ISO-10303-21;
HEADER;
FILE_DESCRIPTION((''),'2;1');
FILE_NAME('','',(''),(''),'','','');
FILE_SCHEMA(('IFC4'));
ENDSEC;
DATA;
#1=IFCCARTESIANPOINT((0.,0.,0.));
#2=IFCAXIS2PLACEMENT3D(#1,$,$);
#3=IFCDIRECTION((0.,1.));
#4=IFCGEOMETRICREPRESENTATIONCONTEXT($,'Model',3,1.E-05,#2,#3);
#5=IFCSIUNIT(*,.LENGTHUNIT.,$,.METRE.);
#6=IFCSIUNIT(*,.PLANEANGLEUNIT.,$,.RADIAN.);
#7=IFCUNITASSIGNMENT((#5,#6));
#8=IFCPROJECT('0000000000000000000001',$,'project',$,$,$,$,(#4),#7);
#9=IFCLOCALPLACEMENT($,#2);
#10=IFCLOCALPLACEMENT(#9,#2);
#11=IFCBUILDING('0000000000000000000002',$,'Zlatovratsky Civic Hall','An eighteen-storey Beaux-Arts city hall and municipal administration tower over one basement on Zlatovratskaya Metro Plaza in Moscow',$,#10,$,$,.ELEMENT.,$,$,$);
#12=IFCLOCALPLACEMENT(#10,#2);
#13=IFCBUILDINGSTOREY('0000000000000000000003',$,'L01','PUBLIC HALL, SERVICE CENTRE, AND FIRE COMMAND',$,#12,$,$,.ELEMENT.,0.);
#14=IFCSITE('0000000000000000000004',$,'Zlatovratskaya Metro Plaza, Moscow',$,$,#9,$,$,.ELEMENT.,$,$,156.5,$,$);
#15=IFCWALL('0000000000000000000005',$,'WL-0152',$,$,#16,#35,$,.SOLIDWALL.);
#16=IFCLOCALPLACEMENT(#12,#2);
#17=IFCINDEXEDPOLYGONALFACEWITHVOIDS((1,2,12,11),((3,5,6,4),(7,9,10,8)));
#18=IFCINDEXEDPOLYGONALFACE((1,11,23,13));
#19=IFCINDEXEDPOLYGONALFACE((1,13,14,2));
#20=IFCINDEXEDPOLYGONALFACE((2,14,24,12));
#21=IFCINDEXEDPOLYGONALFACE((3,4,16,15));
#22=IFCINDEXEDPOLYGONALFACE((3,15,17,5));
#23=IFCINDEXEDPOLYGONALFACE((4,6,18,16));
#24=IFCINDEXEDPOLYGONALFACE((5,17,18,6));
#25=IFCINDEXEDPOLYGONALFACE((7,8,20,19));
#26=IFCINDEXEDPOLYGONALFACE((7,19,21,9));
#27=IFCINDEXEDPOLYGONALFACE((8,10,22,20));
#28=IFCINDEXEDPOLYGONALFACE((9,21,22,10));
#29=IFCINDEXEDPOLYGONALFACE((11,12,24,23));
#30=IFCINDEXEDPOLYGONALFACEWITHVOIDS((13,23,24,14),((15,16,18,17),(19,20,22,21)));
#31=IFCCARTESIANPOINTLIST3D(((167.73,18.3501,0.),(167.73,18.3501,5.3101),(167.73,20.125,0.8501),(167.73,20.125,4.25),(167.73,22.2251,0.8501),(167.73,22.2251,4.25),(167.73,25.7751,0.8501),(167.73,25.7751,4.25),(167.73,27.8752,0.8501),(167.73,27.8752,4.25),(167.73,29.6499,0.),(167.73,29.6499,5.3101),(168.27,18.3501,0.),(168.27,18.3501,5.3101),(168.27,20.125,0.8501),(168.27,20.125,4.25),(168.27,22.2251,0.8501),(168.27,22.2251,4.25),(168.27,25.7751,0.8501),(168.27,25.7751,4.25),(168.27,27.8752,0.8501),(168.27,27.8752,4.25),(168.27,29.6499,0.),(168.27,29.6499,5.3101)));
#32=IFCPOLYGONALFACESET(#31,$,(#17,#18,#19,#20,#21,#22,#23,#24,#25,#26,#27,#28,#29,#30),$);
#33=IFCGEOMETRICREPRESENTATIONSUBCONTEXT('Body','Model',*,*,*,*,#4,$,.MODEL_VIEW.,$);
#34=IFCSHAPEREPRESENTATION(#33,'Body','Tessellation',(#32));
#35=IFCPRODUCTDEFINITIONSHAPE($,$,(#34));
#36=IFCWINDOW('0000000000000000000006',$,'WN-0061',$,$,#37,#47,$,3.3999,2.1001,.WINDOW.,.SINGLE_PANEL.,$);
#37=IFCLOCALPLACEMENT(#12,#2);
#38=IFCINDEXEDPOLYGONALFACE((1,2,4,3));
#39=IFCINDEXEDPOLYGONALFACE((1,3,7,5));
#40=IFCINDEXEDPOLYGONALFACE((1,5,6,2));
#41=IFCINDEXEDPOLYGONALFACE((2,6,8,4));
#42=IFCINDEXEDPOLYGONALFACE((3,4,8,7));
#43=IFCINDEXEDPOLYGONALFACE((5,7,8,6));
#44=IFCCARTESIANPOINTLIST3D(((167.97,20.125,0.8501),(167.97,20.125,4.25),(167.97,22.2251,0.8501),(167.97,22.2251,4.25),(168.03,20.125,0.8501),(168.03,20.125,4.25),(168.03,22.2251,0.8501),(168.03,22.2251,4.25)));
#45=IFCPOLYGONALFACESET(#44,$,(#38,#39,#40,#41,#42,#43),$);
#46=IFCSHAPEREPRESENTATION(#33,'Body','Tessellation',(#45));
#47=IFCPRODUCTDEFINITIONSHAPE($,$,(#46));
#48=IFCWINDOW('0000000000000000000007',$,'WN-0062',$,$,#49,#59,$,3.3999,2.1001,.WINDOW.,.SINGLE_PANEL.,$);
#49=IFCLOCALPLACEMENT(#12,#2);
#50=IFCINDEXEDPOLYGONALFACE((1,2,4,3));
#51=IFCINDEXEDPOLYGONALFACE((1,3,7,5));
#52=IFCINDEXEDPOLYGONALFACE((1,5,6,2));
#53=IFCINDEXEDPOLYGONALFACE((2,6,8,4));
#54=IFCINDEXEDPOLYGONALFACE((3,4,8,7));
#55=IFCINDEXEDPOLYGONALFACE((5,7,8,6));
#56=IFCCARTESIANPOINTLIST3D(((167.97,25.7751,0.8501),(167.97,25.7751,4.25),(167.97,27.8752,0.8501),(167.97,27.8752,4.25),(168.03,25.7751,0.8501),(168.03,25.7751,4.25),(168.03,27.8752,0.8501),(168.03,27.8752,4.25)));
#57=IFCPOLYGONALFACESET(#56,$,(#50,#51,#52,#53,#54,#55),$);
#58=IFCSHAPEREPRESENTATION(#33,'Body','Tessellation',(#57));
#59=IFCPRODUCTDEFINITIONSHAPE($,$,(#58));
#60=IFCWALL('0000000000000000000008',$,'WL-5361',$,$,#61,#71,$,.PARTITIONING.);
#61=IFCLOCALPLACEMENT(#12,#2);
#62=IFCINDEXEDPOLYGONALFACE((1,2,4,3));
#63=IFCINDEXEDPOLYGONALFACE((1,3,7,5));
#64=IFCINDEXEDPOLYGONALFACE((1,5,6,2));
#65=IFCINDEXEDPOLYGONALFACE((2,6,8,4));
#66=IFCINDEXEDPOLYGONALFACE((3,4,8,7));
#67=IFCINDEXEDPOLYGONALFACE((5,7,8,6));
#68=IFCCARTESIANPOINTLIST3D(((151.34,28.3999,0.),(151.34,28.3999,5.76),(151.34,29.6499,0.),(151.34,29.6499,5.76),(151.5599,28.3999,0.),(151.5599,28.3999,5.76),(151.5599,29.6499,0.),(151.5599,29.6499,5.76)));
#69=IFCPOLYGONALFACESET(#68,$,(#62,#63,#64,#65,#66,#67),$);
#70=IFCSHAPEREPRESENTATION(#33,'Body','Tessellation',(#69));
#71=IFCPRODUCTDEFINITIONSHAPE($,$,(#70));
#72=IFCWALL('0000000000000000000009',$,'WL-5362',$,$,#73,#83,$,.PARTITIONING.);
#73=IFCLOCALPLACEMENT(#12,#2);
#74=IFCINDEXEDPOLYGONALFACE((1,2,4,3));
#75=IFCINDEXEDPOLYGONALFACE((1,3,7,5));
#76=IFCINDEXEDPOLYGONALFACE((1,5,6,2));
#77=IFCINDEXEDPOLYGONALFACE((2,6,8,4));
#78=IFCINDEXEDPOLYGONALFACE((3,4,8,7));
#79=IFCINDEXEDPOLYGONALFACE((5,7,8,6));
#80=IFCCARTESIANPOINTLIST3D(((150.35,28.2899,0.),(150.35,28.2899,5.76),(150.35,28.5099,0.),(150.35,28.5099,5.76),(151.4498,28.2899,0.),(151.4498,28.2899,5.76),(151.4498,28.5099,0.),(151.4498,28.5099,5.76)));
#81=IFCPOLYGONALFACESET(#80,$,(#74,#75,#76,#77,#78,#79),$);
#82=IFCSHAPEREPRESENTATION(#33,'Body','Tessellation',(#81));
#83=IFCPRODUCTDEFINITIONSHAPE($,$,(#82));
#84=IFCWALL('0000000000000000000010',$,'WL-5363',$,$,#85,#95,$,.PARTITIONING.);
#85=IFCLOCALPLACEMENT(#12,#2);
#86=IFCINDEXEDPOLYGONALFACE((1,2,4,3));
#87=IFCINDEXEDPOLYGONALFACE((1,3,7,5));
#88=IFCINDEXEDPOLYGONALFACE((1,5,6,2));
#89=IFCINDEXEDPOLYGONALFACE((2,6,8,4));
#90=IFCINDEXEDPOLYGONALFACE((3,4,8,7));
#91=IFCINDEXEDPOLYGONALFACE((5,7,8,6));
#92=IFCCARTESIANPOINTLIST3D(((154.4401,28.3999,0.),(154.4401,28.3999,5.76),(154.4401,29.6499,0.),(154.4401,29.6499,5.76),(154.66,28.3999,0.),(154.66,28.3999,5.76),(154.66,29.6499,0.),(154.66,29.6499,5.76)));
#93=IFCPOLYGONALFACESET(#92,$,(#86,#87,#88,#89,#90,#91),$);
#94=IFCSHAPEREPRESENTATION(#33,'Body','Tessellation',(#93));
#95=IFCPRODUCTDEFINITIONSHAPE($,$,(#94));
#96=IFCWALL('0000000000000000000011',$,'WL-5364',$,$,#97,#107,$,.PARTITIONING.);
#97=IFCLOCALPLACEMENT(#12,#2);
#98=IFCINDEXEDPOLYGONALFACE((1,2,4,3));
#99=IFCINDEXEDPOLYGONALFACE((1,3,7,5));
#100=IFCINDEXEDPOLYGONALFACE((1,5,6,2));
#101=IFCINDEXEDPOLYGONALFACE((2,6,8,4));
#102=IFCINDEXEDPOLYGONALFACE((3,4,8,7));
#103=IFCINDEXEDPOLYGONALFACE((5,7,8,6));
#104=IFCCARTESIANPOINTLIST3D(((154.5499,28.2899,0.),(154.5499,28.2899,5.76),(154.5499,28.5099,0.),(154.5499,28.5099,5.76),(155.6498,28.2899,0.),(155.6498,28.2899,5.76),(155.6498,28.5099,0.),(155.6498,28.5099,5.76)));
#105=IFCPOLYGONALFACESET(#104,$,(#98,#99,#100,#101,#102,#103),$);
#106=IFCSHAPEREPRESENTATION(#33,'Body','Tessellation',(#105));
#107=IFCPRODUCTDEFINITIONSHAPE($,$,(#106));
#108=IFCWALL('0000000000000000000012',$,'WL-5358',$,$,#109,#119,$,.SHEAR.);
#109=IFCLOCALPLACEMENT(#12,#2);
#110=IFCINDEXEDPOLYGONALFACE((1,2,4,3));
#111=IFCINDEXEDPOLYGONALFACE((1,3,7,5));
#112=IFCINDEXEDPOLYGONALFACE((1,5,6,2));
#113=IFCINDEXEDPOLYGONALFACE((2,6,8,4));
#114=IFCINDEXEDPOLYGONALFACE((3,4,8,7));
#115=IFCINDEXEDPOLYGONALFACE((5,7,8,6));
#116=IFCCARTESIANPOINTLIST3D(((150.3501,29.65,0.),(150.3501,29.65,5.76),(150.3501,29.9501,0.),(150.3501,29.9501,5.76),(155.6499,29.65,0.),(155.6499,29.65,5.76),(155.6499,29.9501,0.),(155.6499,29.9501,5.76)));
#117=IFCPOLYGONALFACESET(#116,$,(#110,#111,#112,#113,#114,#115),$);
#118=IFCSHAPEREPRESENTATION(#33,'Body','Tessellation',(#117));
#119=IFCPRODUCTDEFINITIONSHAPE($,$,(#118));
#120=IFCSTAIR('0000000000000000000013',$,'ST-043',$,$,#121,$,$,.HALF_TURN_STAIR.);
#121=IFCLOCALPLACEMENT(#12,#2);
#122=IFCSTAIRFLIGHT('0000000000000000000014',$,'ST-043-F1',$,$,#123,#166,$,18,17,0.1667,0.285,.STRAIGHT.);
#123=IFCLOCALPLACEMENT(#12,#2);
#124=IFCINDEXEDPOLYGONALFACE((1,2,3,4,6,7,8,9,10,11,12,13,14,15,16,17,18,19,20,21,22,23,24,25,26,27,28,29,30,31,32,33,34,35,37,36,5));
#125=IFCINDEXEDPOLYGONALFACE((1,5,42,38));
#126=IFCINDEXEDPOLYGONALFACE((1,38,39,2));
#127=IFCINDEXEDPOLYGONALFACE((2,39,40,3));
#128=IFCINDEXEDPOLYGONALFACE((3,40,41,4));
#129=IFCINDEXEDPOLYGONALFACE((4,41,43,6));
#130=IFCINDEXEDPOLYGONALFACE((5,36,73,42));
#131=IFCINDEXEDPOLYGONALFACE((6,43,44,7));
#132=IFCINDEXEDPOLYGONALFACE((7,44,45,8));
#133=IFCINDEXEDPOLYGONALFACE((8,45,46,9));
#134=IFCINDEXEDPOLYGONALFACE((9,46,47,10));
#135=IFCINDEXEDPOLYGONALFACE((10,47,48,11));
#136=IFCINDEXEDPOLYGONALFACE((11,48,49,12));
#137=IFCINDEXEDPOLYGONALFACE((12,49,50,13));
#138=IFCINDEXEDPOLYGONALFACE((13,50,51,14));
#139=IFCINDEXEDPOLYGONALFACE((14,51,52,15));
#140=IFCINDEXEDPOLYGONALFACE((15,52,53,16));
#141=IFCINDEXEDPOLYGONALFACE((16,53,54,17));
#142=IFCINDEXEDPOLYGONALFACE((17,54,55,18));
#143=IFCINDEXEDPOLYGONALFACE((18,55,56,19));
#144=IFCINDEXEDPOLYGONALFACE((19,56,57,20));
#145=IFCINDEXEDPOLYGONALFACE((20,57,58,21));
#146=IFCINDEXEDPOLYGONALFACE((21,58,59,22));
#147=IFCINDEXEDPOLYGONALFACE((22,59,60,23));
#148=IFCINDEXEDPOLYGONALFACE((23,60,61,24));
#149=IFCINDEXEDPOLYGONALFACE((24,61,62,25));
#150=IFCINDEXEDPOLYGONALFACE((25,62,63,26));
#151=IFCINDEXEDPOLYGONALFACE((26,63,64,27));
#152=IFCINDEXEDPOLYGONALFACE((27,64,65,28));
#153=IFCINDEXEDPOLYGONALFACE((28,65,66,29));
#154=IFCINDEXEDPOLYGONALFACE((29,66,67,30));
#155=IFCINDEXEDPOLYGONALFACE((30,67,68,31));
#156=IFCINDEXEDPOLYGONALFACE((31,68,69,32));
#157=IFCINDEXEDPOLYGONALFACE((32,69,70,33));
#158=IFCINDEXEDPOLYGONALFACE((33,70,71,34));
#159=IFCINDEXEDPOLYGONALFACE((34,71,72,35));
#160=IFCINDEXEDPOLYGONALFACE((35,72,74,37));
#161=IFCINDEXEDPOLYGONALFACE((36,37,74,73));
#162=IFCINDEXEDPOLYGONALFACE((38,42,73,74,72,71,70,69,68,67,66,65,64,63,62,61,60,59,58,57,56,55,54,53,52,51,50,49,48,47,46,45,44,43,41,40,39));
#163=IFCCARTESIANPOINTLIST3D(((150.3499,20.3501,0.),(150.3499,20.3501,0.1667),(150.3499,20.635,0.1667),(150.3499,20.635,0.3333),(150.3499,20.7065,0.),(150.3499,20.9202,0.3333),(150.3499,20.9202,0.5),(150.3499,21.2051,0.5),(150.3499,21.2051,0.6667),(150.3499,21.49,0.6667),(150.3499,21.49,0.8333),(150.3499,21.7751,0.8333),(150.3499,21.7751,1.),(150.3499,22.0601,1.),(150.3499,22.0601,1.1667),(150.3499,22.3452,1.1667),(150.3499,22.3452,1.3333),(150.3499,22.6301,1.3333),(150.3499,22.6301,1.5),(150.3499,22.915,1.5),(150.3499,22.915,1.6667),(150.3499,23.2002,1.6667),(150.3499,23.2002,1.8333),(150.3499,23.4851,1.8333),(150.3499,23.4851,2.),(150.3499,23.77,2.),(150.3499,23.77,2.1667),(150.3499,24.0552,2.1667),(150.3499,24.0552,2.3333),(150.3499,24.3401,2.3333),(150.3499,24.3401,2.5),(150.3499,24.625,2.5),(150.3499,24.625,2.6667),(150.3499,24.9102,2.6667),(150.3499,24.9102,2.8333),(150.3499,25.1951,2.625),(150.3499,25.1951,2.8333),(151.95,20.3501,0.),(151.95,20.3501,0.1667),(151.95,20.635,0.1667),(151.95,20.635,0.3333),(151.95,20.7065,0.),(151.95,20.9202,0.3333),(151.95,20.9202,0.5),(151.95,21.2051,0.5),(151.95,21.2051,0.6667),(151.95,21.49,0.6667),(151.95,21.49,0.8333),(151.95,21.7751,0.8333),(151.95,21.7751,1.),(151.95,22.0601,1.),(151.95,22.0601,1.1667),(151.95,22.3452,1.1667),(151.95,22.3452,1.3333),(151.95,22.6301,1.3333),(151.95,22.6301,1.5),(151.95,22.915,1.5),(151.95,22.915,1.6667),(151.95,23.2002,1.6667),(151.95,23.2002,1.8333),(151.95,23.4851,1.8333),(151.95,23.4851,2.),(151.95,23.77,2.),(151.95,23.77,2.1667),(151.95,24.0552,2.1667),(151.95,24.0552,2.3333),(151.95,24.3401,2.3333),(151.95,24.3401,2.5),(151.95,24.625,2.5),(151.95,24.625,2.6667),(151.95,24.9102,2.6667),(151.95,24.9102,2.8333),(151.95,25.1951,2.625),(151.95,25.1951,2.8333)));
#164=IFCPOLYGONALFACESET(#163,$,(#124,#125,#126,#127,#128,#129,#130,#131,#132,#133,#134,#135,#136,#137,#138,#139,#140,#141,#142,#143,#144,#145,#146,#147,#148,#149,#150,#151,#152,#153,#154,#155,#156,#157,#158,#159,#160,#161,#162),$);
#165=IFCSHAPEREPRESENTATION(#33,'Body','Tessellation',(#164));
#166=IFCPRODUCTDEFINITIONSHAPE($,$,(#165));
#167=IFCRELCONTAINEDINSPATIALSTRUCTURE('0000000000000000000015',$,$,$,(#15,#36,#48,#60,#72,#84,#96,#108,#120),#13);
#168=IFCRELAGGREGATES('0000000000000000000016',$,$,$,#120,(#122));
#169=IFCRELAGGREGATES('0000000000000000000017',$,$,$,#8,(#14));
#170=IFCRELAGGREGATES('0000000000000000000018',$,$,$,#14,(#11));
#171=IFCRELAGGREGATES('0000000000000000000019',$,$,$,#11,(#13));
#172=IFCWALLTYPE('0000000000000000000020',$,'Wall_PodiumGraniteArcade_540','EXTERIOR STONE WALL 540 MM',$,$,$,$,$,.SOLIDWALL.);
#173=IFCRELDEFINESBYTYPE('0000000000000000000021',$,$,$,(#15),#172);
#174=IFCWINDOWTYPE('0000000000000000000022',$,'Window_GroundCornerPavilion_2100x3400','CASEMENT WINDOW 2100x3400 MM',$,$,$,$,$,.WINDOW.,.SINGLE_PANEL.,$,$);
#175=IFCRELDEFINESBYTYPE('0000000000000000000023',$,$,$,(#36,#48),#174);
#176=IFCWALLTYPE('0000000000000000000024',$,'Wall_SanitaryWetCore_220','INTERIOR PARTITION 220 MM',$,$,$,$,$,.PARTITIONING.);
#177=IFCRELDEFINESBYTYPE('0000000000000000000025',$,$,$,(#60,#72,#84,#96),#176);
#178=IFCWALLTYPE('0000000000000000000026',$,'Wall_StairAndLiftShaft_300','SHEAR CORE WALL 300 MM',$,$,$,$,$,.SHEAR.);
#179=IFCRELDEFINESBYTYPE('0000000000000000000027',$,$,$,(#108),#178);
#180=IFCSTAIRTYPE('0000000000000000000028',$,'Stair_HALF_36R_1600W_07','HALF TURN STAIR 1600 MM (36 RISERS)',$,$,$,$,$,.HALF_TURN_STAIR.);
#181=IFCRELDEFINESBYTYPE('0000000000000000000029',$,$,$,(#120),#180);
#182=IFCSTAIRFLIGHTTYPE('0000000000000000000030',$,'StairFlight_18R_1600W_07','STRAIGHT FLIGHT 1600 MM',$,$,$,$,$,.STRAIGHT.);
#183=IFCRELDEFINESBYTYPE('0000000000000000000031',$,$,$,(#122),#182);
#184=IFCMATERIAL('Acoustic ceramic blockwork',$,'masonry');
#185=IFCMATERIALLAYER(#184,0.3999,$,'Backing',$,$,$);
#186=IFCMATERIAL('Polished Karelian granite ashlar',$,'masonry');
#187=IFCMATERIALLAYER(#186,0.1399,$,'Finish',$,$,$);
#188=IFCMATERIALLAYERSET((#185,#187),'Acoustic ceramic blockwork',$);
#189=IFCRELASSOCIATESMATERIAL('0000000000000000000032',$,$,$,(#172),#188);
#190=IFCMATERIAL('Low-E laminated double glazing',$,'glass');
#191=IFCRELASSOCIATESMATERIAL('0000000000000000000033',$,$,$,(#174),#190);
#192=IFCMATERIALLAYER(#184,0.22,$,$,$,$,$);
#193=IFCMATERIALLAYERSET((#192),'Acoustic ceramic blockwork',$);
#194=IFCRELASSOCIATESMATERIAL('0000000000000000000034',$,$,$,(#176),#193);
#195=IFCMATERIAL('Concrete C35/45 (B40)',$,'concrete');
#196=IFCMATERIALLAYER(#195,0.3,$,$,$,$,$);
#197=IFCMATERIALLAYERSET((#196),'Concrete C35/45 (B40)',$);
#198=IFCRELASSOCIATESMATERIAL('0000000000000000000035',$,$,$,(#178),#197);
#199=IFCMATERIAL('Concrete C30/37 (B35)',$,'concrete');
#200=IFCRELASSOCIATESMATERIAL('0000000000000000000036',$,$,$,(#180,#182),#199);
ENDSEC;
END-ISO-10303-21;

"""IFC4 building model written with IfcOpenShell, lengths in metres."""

from ifc_helpers import new_model, si_unit, direction, frame, frame_2d, origin, place, context, subcontext, project, spatial, polyline, rectangle, outline, extrude, material, layer, layer_set, type_object, element, fill, aggregate, save


model = new_model("IFC4")

# Units and contexts
model_context = context("Model", 3, precision=1e-05, world=origin(), true_north=direction((0.0, 1.0)))
body_context = subcontext(model_context, "Body", "Model", "MODEL_VIEW")
ifc_project = project(units=[si_unit("LENGTHUNIT", "METRE"), si_unit("PLANEANGLEUNIT", "RADIAN")], contexts=[model_context])

# Site, building, storey
site_placement = place(None, origin())
site = spatial("IfcSite", under=ifc_project, at=site_placement, Name="Zlatovratskaya Metro Plaza, Moscow", CompositionType="ELEMENT", RefElevation=156.5)
building_placement = place(site_placement, origin())
building = spatial("IfcBuilding", under=site, at=building_placement, Name="Zlatovratsky Civic Hall", Description="An eighteen-storey Beaux-Arts city hall and municipal administration tower over one basement on Zlatovratskaya Metro Plaza in Moscow", CompositionType="ELEMENT")
storey_placement = place(building_placement, origin())
storey = spatial("IfcBuildingStorey", under=building, at=storey_placement, Name="L01", Description="PUBLIC HALL, SERVICE CENTRE, AND FIRE COMMAND", CompositionType="ELEMENT", Elevation=0.0)

# Shared definitions
ifc_material_1 = material(Name="Concrete C35/45 (B40)", Category="concrete")

# Shared definitions
ifc_material_2 = material(Name="Acoustic ceramic blockwork", Category="masonry")

# Wall, openings, windows
ifc_layer_1 = layer(ifc_material_2, 0.3999, Name="Backing")
ifc_material_3 = material(Name="Polished Karelian granite ashlar", Category="masonry")
ifc_layer_2 = layer(ifc_material_3, 0.1399, Name="Finish")
ifc_layer_set_1 = layer_set([ifc_layer_1, ifc_layer_2], Name="Acoustic ceramic blockwork")
wall_type_1 = type_object("IfcWallType", Name="Wall_PodiumGraniteArcade_540", Description="EXTERIOR STONE WALL 540 MM", PredefinedType="SOLIDWALL", material=ifc_layer_set_1)
wall_1_placement = place(storey_placement, frame((168.0, 18.3501, 0.0), z_axis=(0.0, 0.0, 1.0), x_axis=(0.0, 1.0, 0.0)))
wall_1 = element("IfcWall", 1, at=wall_1_placement, inside=storey, type_object=wall_type_1, Name="WL-0152", PredefinedType="SOLIDWALL", context=body_context, shape_type="SweptSolid", body=[
    extrude(rectangle(XDim=11.2998, YDim=0.54, at=frame_2d((5.6499, 0.0))), origin(), (0.0, 0.0, 1.0), 5.3101),
])
opening_1_placement = place(wall_1_placement, frame((1.7749, 0.0, 0.8501)))
opening_1 = element("IfcOpeningElement", 2, at=opening_1_placement, cuts=wall_1, PredefinedType="OPENING", context=body_context, shape_type="SweptSolid", body=[
    extrude(rectangle(XDim=2.1001, YDim=3.3999, at=frame_2d((1.05, 1.7))), frame((0.0, 0.2849, 0.0), z_axis=(0.0, -1.0, 0.0), x_axis=(1.0, 0.0, 0.0)), (0.0, 0.0, 1.0), 0.5698),
])
opening_2_placement = place(wall_1_placement, frame((7.425, 0.0, 0.8501)))
opening_2 = element("IfcOpeningElement", 3, at=opening_2_placement, cuts=wall_1, PredefinedType="OPENING", context=body_context, shape_type="SweptSolid", body=[
    extrude(rectangle(XDim=2.1001, YDim=3.3999, at=frame_2d((1.05, 1.7))), frame((0.0, 0.2849, 0.0), z_axis=(0.0, -1.0, 0.0), x_axis=(1.0, 0.0, 0.0)), (0.0, 0.0, 1.0), 0.5698),
])
ifc_material_4 = material(Name="Low-E laminated double glazing", Category="glass")
window_type = type_object("IfcWindowType", Name="Window_GroundCornerPavilion_2100x3400", Description="CASEMENT WINDOW 2100x3400 MM", PartitioningType="SINGLE_PANEL", PredefinedType="WINDOW", material=ifc_material_4)
window_1_placement = place(opening_1_placement, origin())
window_1 = element("IfcWindow", 4, at=window_1_placement, inside=storey, type_object=window_type, Name="WN-0061", OverallHeight=3.3999, OverallWidth=2.1001, PartitioningType="SINGLE_PANEL", PredefinedType="WINDOW", context=body_context, shape_type="SweptSolid", body=[
    extrude(rectangle(XDim=2.1001, YDim=3.3999, at=frame_2d((1.05, 1.7))), frame((0.0, 0.03, 0.0), z_axis=(0.0, -1.0, 0.0), x_axis=(1.0, 0.0, 0.0)), (0.0, 0.0, 1.0), 0.0601),
])
fill(opening_1, window_1)
window_2_placement = place(opening_2_placement, origin())
window_2 = element("IfcWindow", 5, at=window_2_placement, inside=storey, type_object=window_type, Name="WN-0062", OverallHeight=3.3999, OverallWidth=2.1001, PartitioningType="SINGLE_PANEL", PredefinedType="WINDOW", context=body_context, shape_type="SweptSolid", body=[
    extrude(rectangle(XDim=2.1001, YDim=3.3999, at=frame_2d((1.05, 1.7))), frame((0.0, 0.03, 0.0), z_axis=(0.0, -1.0, 0.0), x_axis=(1.0, 0.0, 0.0)), (0.0, 0.0, 1.0), 0.0601),
])
fill(opening_2, window_2)

# Walls
ifc_layer_3 = layer(ifc_material_2, 0.22)
ifc_layer_set_2 = layer_set([ifc_layer_3], Name="Acoustic ceramic blockwork")
wall_type_2 = type_object("IfcWallType", Name="Wall_SanitaryWetCore_220", Description="INTERIOR PARTITION 220 MM", PredefinedType="PARTITIONING", material=ifc_layer_set_2)
wall_2_placement = place(storey_placement, frame((151.45, 28.3999, 0.0), z_axis=(0.0, 0.0, 1.0), x_axis=(0.0, 1.0, 0.0)))
element("IfcWall", 6, at=wall_2_placement, inside=storey, type_object=wall_type_2, Name="WL-5361", PredefinedType="PARTITIONING", context=body_context, shape_type="SweptSolid", body=[
    extrude(rectangle(XDim=1.25, YDim=0.22, at=frame_2d((0.625, 0.0))), origin(), (0.0, 0.0, 1.0), 5.76),
])
wall_3_placement = place(storey_placement, frame((150.3501, 28.3999, 0.0), z_axis=(0.0, 0.0, 1.0), x_axis=(1.0, 0.0, 0.0)))
element("IfcWall", 7, at=wall_3_placement, inside=storey, type_object=wall_type_2, Name="WL-5362", PredefinedType="PARTITIONING", context=body_context, shape_type="SweptSolid", body=[
    extrude(rectangle(XDim=1.0999, YDim=0.22, at=frame_2d((0.5498, 0.0))), origin(), (0.0, 0.0, 1.0), 5.76),
])
wall_4_placement = place(storey_placement, frame((154.55, 28.3999, 0.0), z_axis=(0.0, 0.0, 1.0), x_axis=(0.0, 1.0, 0.0)))
element("IfcWall", 8, at=wall_4_placement, inside=storey, type_object=wall_type_2, Name="WL-5363", PredefinedType="PARTITIONING", context=body_context, shape_type="SweptSolid", body=[
    extrude(rectangle(XDim=1.25, YDim=0.22, at=frame_2d((0.625, 0.0))), origin(), (0.0, 0.0, 1.0), 5.76),
])
wall_5_placement = place(storey_placement, frame((154.55, 28.3999, 0.0), z_axis=(0.0, 0.0, 1.0), x_axis=(1.0, 0.0, 0.0)))
element("IfcWall", 9, at=wall_5_placement, inside=storey, type_object=wall_type_2, Name="WL-5364", PredefinedType="PARTITIONING", context=body_context, shape_type="SweptSolid", body=[
    extrude(rectangle(XDim=1.0999, YDim=0.22, at=frame_2d((0.5498, 0.0))), origin(), (0.0, 0.0, 1.0), 5.76),
])
ifc_layer_4 = layer(ifc_material_1, 0.3)
ifc_layer_set_3 = layer_set([ifc_layer_4], Name="Concrete C35/45 (B40)")
wall_type_3 = type_object("IfcWallType", Name="Wall_StairAndLiftShaft_300", Description="SHEAR CORE WALL 300 MM", PredefinedType="SHEAR", material=ifc_layer_set_3)
wall_6_placement = place(storey_placement, frame((150.3501, 29.8, 0.0), z_axis=(0.0, 0.0, 1.0), x_axis=(1.0, 0.0, 0.0)))
element("IfcWall", 10, at=wall_6_placement, inside=storey, type_object=wall_type_3, Name="WL-5358", PredefinedType="SHEAR", context=body_context, shape_type="SweptSolid", body=[
    extrude(rectangle(XDim=5.2998, YDim=0.3, at=frame_2d((2.6499, 0.0))), origin(), (0.0, 0.0, 1.0), 5.76),
])

# Stair, stair flight
ifc_material_5 = material(Name="Concrete C30/37 (B35)", Category="concrete")
stair_type = type_object("IfcStairType", Name="Stair_HALF_36R_1600W_07", Description="HALF TURN STAIR 1600 MM (36 RISERS)", PredefinedType="HALF_TURN_STAIR", material=ifc_material_5)
stair_placement = place(storey_placement, origin())
stair = element("IfcStair", 11, at=stair_placement, inside=storey, type_object=stair_type, Name="ST-043", PredefinedType="HALF_TURN_STAIR")
stair_flight_type = type_object("IfcStairFlightType", Name="StairFlight_18R_1600W_07", Description="STRAIGHT FLIGHT 1600 MM", PredefinedType="STRAIGHT", material=ifc_material_5)
stair_flight_1_placement = place(storey_placement, frame((151.1499, 20.3501, 0.0), z_axis=(0.0, 0.0, 1.0), x_axis=(0.0, 1.0, 0.0)))
stair_flight_1 = element("IfcStairFlight", 12, at=stair_flight_1_placement, type_object=stair_flight_type, Name="ST-043-F1", NumberOfRisers=18, NumberOfTreads=17, PredefinedType="STRAIGHT", RiserHeight=0.1667, TreadLength=0.285, context=body_context, shape_type="SweptSolid", body=[
    extrude(outline(polyline([(0.0, 0.0), (0.0, 0.1667), (0.2849, 0.1667), (0.2849, 0.3333), (0.5701, 0.3333), (0.5701, 0.5), (0.855, 0.5), (0.855, 0.6667), (1.1399, 0.6667), (1.1399, 0.8333), (1.425, 0.8333), (1.425, 1.0), (1.71, 1.0), (1.71, 1.1667), (1.9951, 1.1667), (1.9951, 1.3333), (2.28, 1.3333), (2.28, 1.5), (2.5649, 1.5), (2.5649, 1.6667), (2.8501, 1.6667), (2.8501, 1.8333), (3.135, 1.8333), (3.135, 2.0), (3.4199, 2.0), (3.4199, 2.1667), (3.7051, 2.1667), (3.7051, 2.3333), (3.99, 2.3333), (3.99, 2.5), (4.2749, 2.5), (4.2749, 2.6667), (4.5601, 2.6667), (4.5601, 2.8333), (4.845, 2.8333), (4.845, 3.0), (4.845, 2.625), (0.3564, 0.0), (0.0, 0.0)])), frame((0.0, 0.8, 0.0), z_axis=(0.0, -1.0, 0.0), x_axis=(1.0, 0.0, 0.0)), (0.0, 0.0, 1.0), 1.6001),
])
aggregate(stair, [stair_flight_1])

save(model, "model.ifc")
